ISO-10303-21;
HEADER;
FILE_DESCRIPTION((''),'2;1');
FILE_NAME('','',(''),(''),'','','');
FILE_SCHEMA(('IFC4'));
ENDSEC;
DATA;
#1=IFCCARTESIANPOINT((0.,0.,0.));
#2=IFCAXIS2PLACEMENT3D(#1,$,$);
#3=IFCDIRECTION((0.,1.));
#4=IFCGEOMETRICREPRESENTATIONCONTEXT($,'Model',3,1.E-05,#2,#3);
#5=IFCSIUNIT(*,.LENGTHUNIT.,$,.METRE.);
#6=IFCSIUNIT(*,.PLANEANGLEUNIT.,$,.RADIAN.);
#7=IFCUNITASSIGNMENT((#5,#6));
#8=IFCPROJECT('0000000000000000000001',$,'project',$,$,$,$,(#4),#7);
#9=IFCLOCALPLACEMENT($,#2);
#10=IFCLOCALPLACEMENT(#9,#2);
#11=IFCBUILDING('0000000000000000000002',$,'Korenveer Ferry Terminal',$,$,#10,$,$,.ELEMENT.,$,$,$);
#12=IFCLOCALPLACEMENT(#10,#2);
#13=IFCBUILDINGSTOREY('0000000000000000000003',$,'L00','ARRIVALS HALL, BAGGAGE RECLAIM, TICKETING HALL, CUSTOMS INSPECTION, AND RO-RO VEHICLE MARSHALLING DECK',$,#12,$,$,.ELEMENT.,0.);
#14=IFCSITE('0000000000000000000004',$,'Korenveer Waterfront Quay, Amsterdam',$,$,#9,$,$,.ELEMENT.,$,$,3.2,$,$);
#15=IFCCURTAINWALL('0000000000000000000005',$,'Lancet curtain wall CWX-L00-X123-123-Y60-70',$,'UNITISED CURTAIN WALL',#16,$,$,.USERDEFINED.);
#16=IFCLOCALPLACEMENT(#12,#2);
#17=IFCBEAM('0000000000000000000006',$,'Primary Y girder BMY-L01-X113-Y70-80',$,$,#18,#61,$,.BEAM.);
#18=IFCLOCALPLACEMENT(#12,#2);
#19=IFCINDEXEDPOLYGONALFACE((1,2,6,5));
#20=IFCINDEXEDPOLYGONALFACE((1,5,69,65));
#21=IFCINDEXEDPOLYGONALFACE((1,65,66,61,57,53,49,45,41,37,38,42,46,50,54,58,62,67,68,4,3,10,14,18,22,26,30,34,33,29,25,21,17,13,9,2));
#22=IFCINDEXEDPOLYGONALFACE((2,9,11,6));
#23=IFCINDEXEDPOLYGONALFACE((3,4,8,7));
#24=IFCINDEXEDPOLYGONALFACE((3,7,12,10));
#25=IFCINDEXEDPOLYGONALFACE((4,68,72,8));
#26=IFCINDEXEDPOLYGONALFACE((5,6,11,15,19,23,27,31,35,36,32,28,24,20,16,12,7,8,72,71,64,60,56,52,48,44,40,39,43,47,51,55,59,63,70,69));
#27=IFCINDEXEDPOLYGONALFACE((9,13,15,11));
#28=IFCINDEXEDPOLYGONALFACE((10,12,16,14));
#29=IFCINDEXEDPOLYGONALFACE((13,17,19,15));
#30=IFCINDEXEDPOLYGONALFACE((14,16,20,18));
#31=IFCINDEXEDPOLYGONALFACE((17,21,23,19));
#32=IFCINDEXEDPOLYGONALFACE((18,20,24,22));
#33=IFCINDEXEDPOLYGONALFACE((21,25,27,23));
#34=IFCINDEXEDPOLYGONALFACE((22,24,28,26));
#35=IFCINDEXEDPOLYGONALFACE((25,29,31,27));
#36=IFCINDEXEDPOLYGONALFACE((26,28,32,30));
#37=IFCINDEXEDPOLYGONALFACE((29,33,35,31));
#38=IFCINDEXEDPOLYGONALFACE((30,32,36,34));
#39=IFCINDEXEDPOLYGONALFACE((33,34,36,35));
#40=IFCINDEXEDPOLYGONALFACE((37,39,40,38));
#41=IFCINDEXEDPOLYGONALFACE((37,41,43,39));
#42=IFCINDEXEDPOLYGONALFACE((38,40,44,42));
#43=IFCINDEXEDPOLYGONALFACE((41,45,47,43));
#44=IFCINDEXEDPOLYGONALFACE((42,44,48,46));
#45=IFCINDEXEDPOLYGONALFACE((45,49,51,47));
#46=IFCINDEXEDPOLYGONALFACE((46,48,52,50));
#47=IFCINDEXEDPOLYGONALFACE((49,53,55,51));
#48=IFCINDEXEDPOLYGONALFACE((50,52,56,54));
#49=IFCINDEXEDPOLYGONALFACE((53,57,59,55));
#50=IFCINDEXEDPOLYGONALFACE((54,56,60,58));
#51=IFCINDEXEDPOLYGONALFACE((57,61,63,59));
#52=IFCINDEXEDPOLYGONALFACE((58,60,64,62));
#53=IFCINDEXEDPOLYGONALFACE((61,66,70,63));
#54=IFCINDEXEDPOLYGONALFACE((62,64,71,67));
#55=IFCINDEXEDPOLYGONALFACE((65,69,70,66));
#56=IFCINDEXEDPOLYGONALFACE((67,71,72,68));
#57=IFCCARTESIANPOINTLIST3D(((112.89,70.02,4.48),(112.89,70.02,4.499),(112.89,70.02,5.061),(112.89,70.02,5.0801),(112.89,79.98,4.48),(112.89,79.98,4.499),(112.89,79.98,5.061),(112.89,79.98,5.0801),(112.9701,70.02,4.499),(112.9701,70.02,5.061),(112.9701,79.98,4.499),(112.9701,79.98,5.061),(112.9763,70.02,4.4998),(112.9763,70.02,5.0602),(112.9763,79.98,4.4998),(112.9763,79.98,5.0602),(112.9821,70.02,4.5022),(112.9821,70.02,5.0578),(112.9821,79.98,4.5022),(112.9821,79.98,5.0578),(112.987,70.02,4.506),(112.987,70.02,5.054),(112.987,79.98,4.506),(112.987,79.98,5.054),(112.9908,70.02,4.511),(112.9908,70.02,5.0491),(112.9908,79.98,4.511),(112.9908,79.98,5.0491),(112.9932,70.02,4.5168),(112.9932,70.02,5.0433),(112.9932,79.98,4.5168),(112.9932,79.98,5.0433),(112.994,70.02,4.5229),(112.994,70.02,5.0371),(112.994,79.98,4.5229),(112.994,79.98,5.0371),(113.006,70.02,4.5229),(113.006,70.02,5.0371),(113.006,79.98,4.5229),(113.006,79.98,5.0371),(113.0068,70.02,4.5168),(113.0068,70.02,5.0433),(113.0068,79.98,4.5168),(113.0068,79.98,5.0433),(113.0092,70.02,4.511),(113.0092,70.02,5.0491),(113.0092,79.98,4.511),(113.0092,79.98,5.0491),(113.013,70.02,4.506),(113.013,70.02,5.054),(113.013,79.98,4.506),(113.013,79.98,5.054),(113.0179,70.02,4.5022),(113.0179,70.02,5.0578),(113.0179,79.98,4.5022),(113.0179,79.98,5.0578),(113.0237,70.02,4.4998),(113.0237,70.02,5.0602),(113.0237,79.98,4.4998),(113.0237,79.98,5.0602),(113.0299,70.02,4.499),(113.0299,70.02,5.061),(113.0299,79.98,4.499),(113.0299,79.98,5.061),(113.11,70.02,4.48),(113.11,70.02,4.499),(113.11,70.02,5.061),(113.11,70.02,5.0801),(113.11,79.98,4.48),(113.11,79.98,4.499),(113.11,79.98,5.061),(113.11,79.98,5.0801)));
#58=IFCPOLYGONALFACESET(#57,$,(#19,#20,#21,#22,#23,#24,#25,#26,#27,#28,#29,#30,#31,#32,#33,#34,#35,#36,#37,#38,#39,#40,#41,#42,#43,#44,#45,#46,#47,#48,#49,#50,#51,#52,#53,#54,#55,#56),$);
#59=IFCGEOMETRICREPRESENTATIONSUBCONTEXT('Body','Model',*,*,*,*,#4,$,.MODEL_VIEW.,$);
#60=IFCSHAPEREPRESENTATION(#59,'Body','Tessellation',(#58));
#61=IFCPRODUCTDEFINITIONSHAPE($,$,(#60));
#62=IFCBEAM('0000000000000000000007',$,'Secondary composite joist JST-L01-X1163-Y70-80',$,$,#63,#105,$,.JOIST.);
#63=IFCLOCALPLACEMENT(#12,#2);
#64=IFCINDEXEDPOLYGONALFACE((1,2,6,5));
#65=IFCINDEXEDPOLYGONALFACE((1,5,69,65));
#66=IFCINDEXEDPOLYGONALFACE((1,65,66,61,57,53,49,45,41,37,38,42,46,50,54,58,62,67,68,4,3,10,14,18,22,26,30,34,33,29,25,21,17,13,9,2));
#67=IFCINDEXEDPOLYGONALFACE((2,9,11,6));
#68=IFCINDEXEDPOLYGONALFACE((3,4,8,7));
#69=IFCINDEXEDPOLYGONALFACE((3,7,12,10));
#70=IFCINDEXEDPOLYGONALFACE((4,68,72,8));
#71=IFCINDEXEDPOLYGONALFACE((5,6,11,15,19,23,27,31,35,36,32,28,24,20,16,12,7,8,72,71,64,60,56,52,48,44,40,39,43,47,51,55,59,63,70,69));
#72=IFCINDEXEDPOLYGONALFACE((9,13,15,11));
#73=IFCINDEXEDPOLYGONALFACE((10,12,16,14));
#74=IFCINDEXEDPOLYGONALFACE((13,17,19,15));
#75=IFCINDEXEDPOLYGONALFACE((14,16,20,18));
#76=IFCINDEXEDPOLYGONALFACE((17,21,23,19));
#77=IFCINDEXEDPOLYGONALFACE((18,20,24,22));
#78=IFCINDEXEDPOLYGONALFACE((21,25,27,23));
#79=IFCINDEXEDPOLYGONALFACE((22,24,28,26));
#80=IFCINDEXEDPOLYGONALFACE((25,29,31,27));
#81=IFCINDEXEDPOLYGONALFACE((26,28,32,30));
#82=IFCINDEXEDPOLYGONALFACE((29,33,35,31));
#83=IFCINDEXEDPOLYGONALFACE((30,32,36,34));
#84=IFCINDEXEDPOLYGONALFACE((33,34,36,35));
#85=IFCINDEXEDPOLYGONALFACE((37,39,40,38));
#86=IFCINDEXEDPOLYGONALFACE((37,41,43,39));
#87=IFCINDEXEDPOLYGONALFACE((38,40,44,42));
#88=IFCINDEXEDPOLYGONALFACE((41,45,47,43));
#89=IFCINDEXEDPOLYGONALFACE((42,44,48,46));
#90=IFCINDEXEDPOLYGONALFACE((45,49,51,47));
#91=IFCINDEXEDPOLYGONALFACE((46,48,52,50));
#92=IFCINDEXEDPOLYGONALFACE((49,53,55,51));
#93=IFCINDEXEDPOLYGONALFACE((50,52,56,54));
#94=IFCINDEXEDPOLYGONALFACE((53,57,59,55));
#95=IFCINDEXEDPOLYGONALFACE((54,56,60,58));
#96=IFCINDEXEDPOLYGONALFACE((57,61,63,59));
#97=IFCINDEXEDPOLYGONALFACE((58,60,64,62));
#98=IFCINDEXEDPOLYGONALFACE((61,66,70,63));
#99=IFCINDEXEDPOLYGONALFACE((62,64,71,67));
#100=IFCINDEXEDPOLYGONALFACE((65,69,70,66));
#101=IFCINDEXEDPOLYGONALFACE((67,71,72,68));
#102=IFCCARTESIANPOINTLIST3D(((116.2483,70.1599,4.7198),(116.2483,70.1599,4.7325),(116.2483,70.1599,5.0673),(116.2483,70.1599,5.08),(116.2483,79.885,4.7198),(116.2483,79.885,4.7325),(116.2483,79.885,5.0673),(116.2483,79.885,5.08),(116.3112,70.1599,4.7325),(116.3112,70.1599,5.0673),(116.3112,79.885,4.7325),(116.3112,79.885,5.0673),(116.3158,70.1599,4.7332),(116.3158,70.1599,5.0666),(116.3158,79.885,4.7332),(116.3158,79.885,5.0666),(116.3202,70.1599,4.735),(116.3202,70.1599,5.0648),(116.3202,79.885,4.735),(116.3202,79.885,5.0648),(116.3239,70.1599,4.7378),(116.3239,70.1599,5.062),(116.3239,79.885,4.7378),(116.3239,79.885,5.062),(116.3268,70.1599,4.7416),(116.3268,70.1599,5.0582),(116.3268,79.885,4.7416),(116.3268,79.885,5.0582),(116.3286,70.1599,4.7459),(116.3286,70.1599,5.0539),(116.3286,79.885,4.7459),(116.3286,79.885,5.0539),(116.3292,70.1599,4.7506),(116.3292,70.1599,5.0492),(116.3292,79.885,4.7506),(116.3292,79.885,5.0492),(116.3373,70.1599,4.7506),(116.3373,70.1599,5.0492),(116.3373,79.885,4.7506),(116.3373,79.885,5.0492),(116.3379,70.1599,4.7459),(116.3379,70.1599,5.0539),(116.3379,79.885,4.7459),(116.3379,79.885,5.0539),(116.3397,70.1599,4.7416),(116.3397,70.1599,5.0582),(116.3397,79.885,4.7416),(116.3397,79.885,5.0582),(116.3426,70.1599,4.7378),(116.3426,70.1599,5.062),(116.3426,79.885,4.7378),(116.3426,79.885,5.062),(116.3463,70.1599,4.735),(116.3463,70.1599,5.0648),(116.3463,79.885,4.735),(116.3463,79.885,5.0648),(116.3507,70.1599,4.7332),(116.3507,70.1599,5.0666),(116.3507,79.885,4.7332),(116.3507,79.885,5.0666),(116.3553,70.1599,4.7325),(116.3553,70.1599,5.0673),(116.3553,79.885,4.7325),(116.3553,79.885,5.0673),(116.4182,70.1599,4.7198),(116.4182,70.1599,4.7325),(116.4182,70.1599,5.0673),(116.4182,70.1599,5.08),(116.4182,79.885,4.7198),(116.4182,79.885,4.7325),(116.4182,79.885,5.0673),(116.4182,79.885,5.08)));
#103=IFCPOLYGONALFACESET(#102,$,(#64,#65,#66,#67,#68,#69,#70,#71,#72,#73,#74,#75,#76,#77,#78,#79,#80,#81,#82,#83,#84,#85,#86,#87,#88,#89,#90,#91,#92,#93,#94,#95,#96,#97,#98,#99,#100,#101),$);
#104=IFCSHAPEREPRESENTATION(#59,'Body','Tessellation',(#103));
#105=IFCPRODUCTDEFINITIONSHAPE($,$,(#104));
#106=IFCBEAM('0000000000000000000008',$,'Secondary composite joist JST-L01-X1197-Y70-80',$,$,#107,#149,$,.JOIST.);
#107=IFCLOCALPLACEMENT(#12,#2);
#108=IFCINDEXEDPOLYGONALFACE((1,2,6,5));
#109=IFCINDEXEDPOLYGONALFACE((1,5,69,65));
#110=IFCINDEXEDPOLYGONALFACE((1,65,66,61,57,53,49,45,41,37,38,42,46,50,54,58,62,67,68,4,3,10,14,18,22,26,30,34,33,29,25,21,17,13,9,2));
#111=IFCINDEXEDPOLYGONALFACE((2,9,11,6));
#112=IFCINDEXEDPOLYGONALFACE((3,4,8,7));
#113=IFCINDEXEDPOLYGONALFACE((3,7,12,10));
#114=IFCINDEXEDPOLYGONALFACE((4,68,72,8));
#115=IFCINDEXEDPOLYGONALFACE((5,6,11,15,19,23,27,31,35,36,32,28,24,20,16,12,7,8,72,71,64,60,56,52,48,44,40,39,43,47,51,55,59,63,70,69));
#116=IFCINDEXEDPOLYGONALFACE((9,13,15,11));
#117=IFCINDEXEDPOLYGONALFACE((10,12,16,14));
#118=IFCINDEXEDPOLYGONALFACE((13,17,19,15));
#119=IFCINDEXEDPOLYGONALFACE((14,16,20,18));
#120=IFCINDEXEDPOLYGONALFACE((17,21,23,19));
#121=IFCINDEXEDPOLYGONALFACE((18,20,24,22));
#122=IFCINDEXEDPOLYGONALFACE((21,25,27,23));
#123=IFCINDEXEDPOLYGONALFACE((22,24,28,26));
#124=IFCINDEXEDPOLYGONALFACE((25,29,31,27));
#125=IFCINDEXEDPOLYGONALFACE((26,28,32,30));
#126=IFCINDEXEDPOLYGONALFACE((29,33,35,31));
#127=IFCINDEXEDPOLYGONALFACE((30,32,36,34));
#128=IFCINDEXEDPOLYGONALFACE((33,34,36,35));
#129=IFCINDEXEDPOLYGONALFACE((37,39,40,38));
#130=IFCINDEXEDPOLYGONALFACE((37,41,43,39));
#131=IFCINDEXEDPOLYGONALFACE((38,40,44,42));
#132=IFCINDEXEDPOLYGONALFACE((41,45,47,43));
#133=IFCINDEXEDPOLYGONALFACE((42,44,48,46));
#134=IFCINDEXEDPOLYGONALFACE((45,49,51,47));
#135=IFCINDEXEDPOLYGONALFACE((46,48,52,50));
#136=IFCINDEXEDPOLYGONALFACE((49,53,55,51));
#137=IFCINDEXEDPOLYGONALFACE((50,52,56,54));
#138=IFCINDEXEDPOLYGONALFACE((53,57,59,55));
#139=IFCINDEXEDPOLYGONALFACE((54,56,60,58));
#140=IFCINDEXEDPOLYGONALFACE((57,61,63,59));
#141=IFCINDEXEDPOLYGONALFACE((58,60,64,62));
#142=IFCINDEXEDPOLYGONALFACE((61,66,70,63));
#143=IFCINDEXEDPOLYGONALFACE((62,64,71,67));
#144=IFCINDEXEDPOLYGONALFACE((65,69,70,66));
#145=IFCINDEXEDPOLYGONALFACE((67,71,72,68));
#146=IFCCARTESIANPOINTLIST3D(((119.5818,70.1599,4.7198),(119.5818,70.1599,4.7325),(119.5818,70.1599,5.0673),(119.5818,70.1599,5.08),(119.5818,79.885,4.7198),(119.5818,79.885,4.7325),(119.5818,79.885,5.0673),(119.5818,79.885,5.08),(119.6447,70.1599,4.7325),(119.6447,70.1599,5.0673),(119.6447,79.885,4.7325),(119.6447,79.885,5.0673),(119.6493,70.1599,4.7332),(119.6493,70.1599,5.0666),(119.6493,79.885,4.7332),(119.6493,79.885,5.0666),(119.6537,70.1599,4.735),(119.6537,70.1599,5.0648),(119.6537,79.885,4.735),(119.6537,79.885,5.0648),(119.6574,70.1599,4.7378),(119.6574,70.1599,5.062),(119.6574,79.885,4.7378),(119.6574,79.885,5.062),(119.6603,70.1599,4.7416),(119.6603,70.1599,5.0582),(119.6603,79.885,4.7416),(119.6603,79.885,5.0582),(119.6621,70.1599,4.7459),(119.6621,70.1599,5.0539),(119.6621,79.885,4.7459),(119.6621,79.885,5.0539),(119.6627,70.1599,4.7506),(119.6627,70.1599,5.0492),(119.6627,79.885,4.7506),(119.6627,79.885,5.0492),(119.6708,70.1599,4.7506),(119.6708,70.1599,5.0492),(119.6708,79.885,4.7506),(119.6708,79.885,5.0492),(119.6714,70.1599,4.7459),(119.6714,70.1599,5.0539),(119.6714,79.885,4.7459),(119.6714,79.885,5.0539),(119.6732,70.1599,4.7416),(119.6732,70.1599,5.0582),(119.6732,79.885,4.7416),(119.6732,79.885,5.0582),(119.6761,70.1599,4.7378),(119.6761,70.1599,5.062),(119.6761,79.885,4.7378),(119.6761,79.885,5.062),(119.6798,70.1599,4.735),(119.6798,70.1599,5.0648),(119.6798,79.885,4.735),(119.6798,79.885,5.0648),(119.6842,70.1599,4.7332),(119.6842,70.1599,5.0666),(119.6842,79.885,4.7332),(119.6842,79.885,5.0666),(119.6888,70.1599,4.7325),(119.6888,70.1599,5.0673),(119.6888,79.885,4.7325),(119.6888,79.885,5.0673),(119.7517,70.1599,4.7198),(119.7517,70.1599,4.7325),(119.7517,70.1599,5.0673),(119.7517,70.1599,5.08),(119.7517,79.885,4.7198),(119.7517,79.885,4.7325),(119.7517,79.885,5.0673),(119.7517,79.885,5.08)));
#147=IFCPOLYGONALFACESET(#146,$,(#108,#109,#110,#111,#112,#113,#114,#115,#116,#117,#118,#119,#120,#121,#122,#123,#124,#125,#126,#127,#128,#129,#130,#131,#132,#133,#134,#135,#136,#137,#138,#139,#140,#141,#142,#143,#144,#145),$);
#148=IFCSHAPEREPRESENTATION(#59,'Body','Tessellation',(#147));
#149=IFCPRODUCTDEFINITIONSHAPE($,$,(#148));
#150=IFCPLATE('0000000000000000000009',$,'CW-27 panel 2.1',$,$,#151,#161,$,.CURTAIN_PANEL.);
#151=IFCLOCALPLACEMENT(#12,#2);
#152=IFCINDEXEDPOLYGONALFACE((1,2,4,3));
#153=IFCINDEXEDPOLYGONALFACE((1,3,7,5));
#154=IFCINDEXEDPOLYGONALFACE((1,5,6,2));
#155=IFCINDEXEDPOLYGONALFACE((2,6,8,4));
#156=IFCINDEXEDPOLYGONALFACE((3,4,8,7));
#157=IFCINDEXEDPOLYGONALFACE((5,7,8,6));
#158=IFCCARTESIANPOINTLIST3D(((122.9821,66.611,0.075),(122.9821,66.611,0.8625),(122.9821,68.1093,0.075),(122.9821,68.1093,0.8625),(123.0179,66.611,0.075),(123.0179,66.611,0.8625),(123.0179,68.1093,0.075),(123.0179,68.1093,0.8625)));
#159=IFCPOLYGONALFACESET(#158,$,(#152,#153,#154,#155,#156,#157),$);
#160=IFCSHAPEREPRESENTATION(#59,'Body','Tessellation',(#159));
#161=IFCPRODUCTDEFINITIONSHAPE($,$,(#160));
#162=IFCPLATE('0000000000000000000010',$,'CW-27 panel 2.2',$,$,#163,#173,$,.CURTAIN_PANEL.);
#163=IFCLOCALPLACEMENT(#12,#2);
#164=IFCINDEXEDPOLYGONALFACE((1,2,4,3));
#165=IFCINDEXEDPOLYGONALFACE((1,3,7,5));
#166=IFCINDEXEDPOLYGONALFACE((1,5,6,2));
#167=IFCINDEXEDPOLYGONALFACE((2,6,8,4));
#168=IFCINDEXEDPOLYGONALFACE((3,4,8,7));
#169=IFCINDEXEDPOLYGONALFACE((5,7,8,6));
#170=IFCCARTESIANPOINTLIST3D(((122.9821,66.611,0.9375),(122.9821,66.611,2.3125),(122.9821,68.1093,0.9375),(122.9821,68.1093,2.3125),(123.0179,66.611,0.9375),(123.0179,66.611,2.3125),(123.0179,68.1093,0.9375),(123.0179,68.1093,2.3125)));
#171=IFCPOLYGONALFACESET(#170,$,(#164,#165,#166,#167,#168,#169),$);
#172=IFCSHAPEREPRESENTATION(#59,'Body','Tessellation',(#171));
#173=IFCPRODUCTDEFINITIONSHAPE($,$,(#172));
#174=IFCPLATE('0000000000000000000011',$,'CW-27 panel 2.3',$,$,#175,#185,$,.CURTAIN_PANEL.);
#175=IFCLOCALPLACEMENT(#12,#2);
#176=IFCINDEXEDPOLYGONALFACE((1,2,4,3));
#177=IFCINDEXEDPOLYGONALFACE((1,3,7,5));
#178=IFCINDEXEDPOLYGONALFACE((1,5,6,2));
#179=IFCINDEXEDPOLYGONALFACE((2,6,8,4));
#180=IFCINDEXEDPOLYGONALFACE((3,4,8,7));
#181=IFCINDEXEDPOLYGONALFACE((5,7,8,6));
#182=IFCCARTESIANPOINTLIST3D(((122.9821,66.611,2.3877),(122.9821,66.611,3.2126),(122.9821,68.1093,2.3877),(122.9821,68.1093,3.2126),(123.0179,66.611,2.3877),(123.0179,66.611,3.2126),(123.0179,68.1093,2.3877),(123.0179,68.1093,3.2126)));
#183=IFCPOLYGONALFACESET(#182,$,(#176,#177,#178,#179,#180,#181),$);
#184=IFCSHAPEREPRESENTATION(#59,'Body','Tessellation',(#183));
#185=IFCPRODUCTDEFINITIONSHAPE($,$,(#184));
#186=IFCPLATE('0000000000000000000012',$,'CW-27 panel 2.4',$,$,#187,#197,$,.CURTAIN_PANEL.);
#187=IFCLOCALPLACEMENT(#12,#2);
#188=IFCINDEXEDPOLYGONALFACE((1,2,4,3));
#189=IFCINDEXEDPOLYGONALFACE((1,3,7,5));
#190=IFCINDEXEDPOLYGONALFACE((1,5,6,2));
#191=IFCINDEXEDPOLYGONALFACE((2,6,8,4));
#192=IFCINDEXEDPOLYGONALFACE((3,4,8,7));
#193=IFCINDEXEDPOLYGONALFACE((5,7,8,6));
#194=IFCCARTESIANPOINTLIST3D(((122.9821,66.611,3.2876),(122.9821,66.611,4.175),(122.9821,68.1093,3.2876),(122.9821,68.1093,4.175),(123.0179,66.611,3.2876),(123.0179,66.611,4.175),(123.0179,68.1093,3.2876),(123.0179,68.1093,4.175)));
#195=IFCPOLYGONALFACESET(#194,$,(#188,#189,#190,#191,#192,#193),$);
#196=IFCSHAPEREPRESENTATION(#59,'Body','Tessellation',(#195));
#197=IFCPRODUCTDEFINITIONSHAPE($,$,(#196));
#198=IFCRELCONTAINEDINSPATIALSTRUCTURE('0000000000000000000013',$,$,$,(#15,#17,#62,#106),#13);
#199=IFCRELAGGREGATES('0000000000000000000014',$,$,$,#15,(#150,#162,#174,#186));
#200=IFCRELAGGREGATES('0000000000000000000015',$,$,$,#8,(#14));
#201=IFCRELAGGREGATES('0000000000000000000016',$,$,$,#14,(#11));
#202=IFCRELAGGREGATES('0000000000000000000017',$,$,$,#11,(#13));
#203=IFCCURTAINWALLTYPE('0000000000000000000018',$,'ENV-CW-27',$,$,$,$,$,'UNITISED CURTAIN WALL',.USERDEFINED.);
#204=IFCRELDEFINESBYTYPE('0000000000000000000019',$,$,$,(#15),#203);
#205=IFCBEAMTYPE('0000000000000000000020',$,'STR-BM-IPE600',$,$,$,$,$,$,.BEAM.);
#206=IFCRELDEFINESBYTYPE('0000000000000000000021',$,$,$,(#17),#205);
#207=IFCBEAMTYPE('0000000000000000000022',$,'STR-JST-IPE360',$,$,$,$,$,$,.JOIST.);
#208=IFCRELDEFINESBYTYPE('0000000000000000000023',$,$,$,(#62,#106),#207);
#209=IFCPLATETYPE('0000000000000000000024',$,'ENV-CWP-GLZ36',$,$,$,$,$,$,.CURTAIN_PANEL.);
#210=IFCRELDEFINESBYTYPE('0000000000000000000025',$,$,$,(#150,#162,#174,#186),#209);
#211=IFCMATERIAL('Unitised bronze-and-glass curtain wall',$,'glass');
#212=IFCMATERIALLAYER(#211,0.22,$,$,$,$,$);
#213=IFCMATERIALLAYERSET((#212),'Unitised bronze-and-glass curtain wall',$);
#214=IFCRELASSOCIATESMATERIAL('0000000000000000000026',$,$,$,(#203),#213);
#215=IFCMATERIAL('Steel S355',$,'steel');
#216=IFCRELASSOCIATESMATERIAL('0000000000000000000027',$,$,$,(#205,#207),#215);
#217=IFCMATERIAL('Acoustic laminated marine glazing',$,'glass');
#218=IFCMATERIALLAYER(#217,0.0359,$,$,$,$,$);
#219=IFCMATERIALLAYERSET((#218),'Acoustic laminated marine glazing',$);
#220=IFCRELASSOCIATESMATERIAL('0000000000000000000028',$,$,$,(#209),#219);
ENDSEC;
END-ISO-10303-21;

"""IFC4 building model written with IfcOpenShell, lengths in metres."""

from ifc_helpers import new_model, si_unit, direction, frame, origin, origin_2d, place, context, subcontext, project, spatial, rectangle, i_section, extrude, material, layer, layer_set, material_profile, profile_set, type_object, element, aggregate, save


model = new_model("IFC4")

# Units and contexts
model_context = context("Model", 3, precision=1e-05, world=origin(), true_north=direction((0.0, 1.0)))
body_context = subcontext(model_context, "Body", "Model", "MODEL_VIEW")
ifc_project = project(units=[si_unit("LENGTHUNIT", "METRE"), si_unit("PLANEANGLEUNIT", "RADIAN")], contexts=[model_context])

# Site, building, storey
site_placement = place(None, origin())
site = spatial("IfcSite", under=ifc_project, at=site_placement, Name="Korenveer Waterfront Quay, Amsterdam", CompositionType="ELEMENT", RefElevation=3.2)
building_placement = place(site_placement, origin())
building = spatial("IfcBuilding", under=site, at=building_placement, Name="Korenveer Ferry Terminal", CompositionType="ELEMENT")
storey_placement = place(building_placement, origin())
storey = spatial("IfcBuildingStorey", under=building, at=storey_placement, Name="L00", Description="ARRIVALS HALL, BAGGAGE RECLAIM, TICKETING HALL, CUSTOMS INSPECTION, AND RO-RO VEHICLE MARSHALLING DECK", CompositionType="ELEMENT", Elevation=0.0)

# Shared definitions
ifc_material_1 = material(Name="Steel S355", Category="steel")

# Curtain wall
ifc_material_2 = material(Name="Unitised bronze-and-glass curtain wall", Category="glass")
ifc_layer_1 = layer(ifc_material_2, 0.22)
ifc_layer_set_1 = layer_set([ifc_layer_1], Name="Unitised bronze-and-glass curtain wall")
curtain_wall_type = type_object("IfcCurtainWallType", Name="ENV-CW-27", ElementType="UNITISED CURTAIN WALL", PredefinedType="USERDEFINED", material=ifc_layer_set_1)
curtain_wall_placement = place(storey_placement, frame((123.0, 69.72, 0.0)))
curtain_wall = element("IfcCurtainWall", 1, at=curtain_wall_placement, inside=storey, type_object=curtain_wall_type, Name="Lancet curtain wall CWX-L00-X123-123-Y60-70", ObjectType="UNITISED CURTAIN WALL", PredefinedType="USERDEFINED")

# Beams
ifc_material_profile_1 = material_profile(ifc_material_1, i_section(OverallWidth=0.22, OverallDepth=0.6001, WebThickness=0.012, FlangeThickness=0.019, FilletRadius=0.0239, at=origin_2d()), Name="IPE 600")
ifc_profile_set_1 = profile_set([ifc_material_profile_1], Name="Steel S355")
beam_type_1 = type_object("IfcBeamType", Name="STR-BM-IPE600", PredefinedType="BEAM", material=ifc_profile_set_1)
beam_1_placement = place(storey_placement, frame((113.0, 70.02, 4.78), z_axis=(0.0, 1.0, 0.0), x_axis=(-1.0, 0.0, 0.0)))
element("IfcBeam", 2, at=beam_1_placement, inside=storey, type_object=beam_type_1, Name="Primary Y girder BMY-L01-X113-Y70-80", PredefinedType="BEAM", context=body_context, shape_type="SweptSolid", body=[
    extrude(i_section(OverallWidth=0.22, OverallDepth=0.6001, WebThickness=0.012, FlangeThickness=0.019, FilletRadius=0.0239, at=origin_2d()), origin(), (0.0, 0.0, 1.0), 9.96),
])
ifc_material_profile_2 = material_profile(ifc_material_1, i_section(OverallWidth=0.1699, OverallDepth=0.3601, WebThickness=0.0081, FlangeThickness=0.0127, FilletRadius=0.0181, at=origin_2d()), Name="IPE 360")
ifc_profile_set_2 = profile_set([ifc_material_profile_2], Name="Steel S355")
beam_type_2 = type_object("IfcBeamType", Name="STR-JST-IPE360", PredefinedType="JOIST", material=ifc_profile_set_2)
for number, where, z_axis, x_axis, name in (
    (3, (116.3333, 70.1599, 4.8999), (0.0, 1.0, 0.0), (-1.0, 0.0, 0.0), "Secondary composite joist JST-L01-X1163-Y70-80"),
    (4, (119.6667, 70.1599, 4.8999), (0.0, 1.0, 0.0), (-1.0, 0.0, 0.0), "Secondary composite joist JST-L01-X1197-Y70-80"),
):
    element("IfcBeam", number, at=place(storey_placement, frame(where, z_axis=z_axis, x_axis=x_axis)), inside=storey, type_object=beam_type_2, Name=name, PredefinedType="JOIST", context=body_context, shape_type="SweptSolid", body=[
        extrude(i_section(OverallWidth=0.1699, OverallDepth=0.3601, WebThickness=0.0081, FlangeThickness=0.0127, FilletRadius=0.0181, at=origin_2d()), origin(), (0.0, 0.0, 1.0), 9.7251),
    ])

# Plates
ifc_material_3 = material(Name="Acoustic laminated marine glazing", Category="glass")
ifc_layer_2 = layer(ifc_material_3, 0.0359)
ifc_layer_set_2 = layer_set([ifc_layer_2], Name="Acoustic laminated marine glazing")
plate_type = type_object("IfcPlateType", Name="ENV-CWP-GLZ36", PredefinedType="CURTAIN_PANEL", material=ifc_layer_set_2)
plate_1_placement = place(storey_placement, frame((123.0, 67.3601, 0.075), z_axis=(0.0, 0.0, 1.0), x_axis=(0.0, -1.0, 0.0)))
plate_1 = element("IfcPlate", 5, at=plate_1_placement, type_object=plate_type, Name="CW-27 panel 2.1", PredefinedType="CURTAIN_PANEL", context=body_context, shape_type="SweptSolid", body=[
    extrude(rectangle(XDim=1.4983, YDim=0.0359, at=origin_2d()), origin(), (0.0, 0.0, 1.0), 0.7876),
])
plate_2_placement = place(storey_placement, frame((123.0, 67.3601, 0.9375), z_axis=(0.0, 0.0, 1.0), x_axis=(0.0, -1.0, 0.0)))
plate_2 = element("IfcPlate", 6, at=plate_2_placement, type_object=plate_type, Name="CW-27 panel 2.2", PredefinedType="CURTAIN_PANEL", context=body_context, shape_type="SweptSolid", body=[
    extrude(rectangle(XDim=1.4983, YDim=0.0359, at=origin_2d()), origin(), (0.0, 0.0, 1.0), 1.375),
])
plate_3_placement = place(storey_placement, frame((123.0, 67.3601, 2.3877), z_axis=(0.0, 0.0, 1.0), x_axis=(0.0, -1.0, 0.0)))
plate_3 = element("IfcPlate", 7, at=plate_3_placement, type_object=plate_type, Name="CW-27 panel 2.3", PredefinedType="CURTAIN_PANEL", context=body_context, shape_type="SweptSolid", body=[
    extrude(rectangle(XDim=1.4983, YDim=0.0359, at=origin_2d()), origin(), (0.0, 0.0, 1.0), 0.825),
])
plate_4_placement = place(storey_placement, frame((123.0, 67.3601, 3.2876), z_axis=(0.0, 0.0, 1.0), x_axis=(0.0, -1.0, 0.0)))
plate_4 = element("IfcPlate", 8, at=plate_4_placement, type_object=plate_type, Name="CW-27 panel 2.4", PredefinedType="CURTAIN_PANEL", context=body_context, shape_type="SweptSolid", body=[
    extrude(rectangle(XDim=1.4983, YDim=0.0359, at=origin_2d()), origin(), (0.0, 0.0, 1.0), 0.8875),
])
aggregate(curtain_wall, [plate_1, plate_2, plate_3, plate_4])

save(model, "model.ifc")
